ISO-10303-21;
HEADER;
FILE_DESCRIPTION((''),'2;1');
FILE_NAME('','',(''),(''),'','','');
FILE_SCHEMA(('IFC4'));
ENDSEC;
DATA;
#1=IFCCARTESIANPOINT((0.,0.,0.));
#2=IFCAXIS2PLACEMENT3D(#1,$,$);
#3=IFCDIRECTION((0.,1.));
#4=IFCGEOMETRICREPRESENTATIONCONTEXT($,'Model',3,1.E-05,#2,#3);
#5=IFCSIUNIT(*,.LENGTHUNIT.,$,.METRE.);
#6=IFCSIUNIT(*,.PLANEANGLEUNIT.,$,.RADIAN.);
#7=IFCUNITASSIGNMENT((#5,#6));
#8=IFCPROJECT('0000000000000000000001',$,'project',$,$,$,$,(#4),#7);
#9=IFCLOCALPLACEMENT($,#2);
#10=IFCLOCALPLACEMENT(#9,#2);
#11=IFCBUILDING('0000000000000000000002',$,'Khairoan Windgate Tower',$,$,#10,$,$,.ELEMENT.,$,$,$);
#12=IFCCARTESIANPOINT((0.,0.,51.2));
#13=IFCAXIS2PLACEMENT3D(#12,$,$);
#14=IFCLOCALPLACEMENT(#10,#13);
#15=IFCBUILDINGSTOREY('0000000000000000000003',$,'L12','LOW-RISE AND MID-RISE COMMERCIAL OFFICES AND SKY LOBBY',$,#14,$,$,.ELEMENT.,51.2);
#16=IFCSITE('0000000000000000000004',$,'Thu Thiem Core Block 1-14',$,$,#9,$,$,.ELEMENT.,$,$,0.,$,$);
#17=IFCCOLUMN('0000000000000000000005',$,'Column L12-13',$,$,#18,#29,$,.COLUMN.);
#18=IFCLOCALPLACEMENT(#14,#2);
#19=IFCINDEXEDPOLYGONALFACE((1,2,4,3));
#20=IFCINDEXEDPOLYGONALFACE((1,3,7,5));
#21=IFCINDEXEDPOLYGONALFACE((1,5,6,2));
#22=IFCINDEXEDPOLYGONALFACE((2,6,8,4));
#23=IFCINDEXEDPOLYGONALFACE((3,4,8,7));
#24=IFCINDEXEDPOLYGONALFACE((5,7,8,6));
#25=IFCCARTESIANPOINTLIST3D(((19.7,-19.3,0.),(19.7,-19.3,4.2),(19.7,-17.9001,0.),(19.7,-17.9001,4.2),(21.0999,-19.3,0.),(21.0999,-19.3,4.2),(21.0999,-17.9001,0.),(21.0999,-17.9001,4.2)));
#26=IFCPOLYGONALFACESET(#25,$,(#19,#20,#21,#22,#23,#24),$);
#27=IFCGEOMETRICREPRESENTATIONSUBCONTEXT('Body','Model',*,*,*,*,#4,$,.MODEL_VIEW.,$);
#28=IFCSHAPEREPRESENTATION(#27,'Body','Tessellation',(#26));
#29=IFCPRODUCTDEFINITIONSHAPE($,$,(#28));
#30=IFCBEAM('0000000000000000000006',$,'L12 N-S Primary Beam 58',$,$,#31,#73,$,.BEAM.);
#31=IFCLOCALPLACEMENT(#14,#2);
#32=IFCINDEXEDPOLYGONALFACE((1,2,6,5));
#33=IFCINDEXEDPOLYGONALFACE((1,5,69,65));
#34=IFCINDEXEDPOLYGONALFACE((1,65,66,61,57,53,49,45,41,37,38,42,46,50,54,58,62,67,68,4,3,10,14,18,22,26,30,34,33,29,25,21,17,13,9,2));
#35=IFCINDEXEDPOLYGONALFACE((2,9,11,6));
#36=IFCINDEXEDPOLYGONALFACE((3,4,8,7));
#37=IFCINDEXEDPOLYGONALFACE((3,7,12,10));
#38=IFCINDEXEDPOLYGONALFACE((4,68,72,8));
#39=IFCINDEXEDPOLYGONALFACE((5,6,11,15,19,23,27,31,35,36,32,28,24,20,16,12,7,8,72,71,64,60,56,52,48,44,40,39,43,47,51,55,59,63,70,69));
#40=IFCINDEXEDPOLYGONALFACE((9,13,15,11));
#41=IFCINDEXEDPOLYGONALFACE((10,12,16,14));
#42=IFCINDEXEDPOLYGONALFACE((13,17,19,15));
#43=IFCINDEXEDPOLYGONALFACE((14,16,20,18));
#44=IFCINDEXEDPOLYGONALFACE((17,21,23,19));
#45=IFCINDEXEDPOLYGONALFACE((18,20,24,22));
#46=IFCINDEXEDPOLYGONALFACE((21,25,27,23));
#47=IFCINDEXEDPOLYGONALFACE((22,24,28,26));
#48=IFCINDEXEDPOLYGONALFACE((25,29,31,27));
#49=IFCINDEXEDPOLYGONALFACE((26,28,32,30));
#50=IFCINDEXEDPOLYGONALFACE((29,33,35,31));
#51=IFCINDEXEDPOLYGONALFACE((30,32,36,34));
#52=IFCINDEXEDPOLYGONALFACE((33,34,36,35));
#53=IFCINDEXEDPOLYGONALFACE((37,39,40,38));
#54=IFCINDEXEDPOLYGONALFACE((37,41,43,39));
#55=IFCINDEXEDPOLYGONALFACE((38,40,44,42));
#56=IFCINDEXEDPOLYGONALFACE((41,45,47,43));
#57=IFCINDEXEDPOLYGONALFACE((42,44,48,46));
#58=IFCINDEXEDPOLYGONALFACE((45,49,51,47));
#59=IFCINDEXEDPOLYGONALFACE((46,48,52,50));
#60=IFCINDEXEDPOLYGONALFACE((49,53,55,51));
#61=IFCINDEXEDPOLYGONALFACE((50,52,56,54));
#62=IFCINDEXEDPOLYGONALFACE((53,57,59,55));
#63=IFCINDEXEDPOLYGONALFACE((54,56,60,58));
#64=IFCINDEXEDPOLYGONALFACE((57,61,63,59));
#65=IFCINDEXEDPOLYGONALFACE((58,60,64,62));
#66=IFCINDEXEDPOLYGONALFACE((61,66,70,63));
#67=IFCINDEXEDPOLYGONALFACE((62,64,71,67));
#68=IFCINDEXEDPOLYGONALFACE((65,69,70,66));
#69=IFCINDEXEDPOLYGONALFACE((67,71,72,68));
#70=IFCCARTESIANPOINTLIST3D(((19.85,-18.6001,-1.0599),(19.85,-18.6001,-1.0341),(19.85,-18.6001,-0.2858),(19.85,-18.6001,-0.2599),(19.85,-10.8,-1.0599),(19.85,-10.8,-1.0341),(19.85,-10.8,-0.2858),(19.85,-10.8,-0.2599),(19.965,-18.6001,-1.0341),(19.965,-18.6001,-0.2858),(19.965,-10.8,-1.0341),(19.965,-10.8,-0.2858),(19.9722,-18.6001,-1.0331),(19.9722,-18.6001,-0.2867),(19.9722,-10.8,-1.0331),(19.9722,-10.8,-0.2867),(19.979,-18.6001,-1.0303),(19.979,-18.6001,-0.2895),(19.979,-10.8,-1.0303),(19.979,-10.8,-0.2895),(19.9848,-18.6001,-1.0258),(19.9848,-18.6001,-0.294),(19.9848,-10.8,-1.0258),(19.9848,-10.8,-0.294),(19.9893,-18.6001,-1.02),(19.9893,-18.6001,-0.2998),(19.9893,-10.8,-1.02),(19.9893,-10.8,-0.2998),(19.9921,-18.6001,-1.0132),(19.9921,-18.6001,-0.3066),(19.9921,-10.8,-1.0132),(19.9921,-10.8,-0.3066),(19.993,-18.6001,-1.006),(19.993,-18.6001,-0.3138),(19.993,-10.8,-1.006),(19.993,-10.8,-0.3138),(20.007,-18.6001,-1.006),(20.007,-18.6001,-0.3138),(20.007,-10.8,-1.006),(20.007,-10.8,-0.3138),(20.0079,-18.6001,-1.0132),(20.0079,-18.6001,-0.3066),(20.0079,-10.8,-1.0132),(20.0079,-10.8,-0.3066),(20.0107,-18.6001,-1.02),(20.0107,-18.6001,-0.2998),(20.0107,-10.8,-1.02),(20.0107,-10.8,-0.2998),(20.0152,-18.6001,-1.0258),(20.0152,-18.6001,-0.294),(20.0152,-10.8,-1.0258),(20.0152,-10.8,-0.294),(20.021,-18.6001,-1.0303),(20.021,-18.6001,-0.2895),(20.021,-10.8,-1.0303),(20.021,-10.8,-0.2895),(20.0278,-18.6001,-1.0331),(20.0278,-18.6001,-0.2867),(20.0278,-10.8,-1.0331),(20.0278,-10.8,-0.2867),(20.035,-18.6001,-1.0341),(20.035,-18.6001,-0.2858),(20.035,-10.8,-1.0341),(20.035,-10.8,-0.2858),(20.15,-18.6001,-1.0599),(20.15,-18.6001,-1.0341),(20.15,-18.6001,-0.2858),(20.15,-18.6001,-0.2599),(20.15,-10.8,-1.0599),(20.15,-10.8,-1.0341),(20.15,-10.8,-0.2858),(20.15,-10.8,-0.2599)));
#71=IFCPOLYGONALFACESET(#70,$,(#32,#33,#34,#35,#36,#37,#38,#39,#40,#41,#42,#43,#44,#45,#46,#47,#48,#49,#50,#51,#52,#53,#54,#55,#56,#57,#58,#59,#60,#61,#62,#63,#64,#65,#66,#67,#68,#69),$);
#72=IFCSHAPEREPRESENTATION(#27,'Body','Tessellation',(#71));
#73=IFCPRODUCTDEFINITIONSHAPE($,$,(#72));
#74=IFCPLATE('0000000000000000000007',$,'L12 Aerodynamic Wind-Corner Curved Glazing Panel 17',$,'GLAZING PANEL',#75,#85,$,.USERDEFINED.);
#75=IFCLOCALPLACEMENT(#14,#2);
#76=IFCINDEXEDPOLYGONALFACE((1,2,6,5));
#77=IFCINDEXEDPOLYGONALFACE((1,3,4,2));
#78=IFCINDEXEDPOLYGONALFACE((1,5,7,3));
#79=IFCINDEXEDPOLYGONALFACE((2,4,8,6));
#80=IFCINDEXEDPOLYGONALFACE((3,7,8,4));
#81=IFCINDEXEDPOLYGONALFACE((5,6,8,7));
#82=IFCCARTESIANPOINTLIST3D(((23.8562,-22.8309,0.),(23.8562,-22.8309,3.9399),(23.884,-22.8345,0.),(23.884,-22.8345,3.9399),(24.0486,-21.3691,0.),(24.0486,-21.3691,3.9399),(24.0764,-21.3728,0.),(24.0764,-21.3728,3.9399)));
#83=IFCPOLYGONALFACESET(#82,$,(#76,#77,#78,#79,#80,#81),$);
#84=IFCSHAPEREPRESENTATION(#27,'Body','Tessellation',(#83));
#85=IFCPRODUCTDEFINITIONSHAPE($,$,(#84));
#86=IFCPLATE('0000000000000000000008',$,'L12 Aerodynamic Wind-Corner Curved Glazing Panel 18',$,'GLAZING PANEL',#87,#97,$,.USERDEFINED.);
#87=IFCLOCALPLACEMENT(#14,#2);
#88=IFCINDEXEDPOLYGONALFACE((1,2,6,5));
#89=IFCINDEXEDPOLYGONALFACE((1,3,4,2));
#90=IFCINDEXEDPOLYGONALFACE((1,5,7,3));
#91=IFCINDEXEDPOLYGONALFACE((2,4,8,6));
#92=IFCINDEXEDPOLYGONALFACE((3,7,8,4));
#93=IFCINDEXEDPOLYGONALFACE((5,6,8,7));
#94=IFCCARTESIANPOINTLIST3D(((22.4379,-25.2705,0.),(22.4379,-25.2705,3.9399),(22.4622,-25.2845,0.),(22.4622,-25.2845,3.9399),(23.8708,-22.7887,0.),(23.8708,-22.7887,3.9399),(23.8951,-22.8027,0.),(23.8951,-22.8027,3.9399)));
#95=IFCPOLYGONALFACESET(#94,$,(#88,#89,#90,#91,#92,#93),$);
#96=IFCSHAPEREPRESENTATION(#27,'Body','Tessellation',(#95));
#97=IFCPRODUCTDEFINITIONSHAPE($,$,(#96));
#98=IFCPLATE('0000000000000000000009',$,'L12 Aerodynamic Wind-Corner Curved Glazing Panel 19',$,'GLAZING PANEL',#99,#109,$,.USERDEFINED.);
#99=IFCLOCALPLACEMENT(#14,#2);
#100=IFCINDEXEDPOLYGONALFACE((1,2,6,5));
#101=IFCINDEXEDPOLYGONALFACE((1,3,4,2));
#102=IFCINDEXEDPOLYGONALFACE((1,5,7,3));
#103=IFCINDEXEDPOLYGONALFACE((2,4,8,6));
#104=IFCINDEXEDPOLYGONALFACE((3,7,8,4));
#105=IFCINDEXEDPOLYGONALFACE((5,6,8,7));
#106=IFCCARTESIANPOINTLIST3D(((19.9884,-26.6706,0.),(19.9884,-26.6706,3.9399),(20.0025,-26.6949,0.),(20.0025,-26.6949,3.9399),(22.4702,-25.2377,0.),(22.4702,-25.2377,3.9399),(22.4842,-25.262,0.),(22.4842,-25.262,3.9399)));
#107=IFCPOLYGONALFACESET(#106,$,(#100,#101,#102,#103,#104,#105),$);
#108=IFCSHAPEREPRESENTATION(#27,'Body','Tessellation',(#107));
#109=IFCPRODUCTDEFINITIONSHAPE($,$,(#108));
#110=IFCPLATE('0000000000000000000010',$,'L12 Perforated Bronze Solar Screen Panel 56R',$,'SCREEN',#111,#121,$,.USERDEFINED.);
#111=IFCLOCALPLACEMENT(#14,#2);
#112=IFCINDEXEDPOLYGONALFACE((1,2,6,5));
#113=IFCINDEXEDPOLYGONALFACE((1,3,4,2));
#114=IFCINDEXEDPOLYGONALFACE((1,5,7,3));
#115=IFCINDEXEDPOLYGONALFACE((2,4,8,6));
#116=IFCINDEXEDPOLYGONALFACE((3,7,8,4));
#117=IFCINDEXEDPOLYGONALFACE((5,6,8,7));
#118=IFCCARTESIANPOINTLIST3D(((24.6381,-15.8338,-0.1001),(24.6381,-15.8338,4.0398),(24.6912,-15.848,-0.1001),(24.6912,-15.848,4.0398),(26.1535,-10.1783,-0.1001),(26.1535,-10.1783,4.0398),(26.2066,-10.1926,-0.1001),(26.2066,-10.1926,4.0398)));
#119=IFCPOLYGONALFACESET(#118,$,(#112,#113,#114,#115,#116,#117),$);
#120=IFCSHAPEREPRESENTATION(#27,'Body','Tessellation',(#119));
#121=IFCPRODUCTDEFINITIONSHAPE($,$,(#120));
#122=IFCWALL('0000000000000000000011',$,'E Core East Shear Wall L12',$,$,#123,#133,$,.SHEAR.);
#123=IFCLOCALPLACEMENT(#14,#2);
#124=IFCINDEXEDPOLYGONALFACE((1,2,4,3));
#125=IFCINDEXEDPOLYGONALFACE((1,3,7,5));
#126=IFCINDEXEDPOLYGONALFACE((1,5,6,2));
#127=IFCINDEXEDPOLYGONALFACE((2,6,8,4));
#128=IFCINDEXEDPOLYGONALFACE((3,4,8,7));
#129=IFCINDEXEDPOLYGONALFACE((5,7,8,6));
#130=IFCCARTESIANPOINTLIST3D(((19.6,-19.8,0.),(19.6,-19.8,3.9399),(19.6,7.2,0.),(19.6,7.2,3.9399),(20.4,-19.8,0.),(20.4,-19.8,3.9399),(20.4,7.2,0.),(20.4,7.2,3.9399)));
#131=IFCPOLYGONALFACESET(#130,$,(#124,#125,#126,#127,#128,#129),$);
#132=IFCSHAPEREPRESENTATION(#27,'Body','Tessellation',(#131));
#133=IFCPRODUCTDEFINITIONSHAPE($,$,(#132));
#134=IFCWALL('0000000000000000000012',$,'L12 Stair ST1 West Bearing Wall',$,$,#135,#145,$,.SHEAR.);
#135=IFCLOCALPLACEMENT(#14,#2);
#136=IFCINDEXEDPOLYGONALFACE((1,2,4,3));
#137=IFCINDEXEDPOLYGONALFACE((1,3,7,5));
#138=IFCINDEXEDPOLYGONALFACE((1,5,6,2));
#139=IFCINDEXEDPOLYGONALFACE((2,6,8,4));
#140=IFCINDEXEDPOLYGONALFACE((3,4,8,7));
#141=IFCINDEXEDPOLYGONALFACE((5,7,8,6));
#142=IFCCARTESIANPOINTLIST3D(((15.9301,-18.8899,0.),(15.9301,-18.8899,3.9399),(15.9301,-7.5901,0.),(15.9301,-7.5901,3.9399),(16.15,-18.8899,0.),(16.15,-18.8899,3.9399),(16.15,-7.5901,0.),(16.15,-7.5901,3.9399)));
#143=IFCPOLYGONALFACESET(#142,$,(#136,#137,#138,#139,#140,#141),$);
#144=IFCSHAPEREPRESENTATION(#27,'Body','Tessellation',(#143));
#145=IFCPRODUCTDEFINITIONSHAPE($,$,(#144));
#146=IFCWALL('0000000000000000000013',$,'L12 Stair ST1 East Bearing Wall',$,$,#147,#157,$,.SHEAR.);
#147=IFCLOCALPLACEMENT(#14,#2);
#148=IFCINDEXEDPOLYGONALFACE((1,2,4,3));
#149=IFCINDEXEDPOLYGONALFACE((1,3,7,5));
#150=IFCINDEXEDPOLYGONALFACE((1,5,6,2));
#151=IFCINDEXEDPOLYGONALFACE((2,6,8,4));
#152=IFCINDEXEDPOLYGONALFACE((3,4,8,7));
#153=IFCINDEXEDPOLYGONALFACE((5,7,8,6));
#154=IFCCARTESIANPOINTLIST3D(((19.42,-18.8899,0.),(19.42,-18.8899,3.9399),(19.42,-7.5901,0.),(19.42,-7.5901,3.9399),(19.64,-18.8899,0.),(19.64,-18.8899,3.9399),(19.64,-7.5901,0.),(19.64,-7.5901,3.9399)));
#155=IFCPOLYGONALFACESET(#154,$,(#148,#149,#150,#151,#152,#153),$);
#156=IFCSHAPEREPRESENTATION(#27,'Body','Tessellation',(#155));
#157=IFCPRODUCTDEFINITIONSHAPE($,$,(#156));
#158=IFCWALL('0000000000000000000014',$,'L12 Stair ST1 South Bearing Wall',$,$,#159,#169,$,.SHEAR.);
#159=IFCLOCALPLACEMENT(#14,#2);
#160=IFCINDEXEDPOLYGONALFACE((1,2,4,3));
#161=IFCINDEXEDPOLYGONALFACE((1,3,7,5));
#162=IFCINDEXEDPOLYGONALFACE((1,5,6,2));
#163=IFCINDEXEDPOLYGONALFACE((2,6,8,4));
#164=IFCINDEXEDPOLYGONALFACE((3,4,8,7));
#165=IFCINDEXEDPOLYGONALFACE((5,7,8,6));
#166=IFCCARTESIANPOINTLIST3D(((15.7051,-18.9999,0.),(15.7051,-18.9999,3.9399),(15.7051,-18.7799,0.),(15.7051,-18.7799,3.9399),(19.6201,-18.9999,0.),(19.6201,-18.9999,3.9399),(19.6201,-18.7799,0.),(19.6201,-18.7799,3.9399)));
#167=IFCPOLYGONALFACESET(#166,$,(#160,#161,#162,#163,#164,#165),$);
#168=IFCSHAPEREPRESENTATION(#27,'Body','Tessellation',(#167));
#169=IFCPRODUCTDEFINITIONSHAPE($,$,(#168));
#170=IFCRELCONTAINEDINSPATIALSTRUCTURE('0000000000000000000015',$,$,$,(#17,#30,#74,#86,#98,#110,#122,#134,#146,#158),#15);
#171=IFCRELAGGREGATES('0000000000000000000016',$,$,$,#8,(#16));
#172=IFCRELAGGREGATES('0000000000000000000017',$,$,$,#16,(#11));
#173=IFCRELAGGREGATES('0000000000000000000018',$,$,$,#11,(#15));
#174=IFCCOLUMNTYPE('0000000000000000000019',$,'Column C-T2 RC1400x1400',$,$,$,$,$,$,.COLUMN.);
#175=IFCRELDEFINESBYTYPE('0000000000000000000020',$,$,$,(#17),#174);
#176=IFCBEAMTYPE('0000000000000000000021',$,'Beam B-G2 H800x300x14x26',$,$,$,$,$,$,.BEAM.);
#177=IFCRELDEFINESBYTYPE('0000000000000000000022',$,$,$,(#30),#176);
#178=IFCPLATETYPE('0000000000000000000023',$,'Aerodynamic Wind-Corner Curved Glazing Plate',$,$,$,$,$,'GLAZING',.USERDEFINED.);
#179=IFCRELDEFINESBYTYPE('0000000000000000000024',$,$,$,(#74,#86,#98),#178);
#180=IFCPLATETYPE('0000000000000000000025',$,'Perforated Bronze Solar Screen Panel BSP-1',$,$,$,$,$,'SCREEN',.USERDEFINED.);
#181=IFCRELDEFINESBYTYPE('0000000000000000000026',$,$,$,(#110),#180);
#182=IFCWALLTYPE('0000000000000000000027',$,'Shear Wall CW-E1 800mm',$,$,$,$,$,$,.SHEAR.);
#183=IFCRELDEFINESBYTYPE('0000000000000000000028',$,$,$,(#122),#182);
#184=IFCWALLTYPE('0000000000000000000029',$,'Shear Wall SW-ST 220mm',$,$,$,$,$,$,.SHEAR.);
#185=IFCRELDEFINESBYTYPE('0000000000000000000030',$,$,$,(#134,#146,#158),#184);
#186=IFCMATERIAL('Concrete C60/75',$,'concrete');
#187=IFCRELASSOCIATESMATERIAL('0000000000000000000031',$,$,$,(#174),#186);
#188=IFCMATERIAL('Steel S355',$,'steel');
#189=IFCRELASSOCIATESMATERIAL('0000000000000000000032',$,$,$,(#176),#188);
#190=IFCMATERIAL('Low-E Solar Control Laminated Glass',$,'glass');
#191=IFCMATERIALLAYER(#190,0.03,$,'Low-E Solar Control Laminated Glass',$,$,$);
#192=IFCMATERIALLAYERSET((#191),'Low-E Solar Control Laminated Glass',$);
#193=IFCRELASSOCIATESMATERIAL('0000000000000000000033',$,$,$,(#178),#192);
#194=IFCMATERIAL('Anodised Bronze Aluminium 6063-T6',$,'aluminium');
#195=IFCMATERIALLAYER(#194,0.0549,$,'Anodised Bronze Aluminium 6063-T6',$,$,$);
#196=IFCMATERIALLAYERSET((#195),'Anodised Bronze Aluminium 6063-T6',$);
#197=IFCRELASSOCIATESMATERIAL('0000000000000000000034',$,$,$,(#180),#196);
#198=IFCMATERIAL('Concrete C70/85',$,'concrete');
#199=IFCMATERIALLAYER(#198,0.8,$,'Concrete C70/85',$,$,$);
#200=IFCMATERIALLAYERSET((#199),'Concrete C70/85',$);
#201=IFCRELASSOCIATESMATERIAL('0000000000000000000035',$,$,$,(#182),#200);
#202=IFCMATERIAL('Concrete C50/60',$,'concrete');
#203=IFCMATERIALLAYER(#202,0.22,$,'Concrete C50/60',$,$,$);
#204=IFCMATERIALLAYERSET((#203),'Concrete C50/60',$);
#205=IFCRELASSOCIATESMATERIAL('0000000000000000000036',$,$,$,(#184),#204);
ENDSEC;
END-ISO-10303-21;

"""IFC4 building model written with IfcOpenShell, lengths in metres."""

from ifc_helpers import new_model, si_unit, direction, frame, frame_2d, origin, origin_2d, place, context, subcontext, project, spatial, rectangle, i_section, extrude, material, layer, layer_set, material_profile, profile_set, type_object, element, save


model = new_model("IFC4")

# Units and contexts
model_context = context("Model", 3, precision=1e-05, world=origin(), true_north=direction((0.0, 1.0)))
body_context = subcontext(model_context, "Body", "Model", "MODEL_VIEW")
ifc_project = project(units=[si_unit("LENGTHUNIT", "METRE"), si_unit("PLANEANGLEUNIT", "RADIAN")], contexts=[model_context])

# Site, building, storey
site_placement = place(None, origin())
site = spatial("IfcSite", under=ifc_project, at=site_placement, Name="Thu Thiem Core Block 1-14", CompositionType="ELEMENT", RefElevation=0.0)
building_placement = place(site_placement, origin())
building = spatial("IfcBuilding", under=site, at=building_placement, Name="Khairoan Windgate Tower", CompositionType="ELEMENT")
storey_placement = place(building_placement, frame((0.0, 0.0, 51.2)))
storey = spatial("IfcBuildingStorey", under=building, at=storey_placement, Name="L12", Description="LOW-RISE AND MID-RISE COMMERCIAL OFFICES AND SKY LOBBY", CompositionType="ELEMENT", Elevation=51.2)

# Column
ifc_material_1 = material(Name="Concrete C60/75", Category="concrete")
ifc_material_profile_1 = material_profile(ifc_material_1, rectangle(XDim=1.3999, YDim=1.3999, at=origin_2d()))
ifc_profile_set_1 = profile_set([ifc_material_profile_1], Name="Concrete C60/75")
column_type = type_object("IfcColumnType", Name="Column C-T2 RC1400x1400", PredefinedType="COLUMN", material=ifc_profile_set_1)
column_placement = place(storey_placement, frame((20.3999, -18.6001, 0.0), z_axis=(0.0, 0.0, 1.0), x_axis=(1.0, 0.0, 0.0)))
element("IfcColumn", 1, at=column_placement, inside=storey, type_object=column_type, Name="Column L12-13", PredefinedType="COLUMN", context=body_context, shape_type="SweptSolid", body=[
    extrude(rectangle(XDim=1.3999, YDim=1.3999, at=origin_2d()), origin(), (0.0, 0.0, 1.0), 4.2),
])

# Beam
ifc_material_2 = material(Name="Steel S355", Category="steel")
ifc_material_profile_2 = material_profile(ifc_material_2, i_section(OverallWidth=0.3, OverallDepth=0.8, WebThickness=0.0139, FlangeThickness=0.0259, FilletRadius=0.0281, at=origin_2d()))
ifc_profile_set_2 = profile_set([ifc_material_profile_2], Name="Steel S355")
beam_type = type_object("IfcBeamType", Name="Beam B-G2 H800x300x14x26", PredefinedType="BEAM", material=ifc_profile_set_2)
beam_placement = place(storey_placement, frame((20.0, -18.6001, -0.6599), z_axis=(0.0, 1.0, 0.0), x_axis=(-1.0, 0.0, 0.0)))
element("IfcBeam", 2, at=beam_placement, inside=storey, type_object=beam_type, Name="L12 N-S Primary Beam 58", PredefinedType="BEAM", context=body_context, shape_type="SweptSolid", body=[
    extrude(i_section(OverallWidth=0.3, OverallDepth=0.8, WebThickness=0.0139, FlangeThickness=0.0259, FilletRadius=0.0281, at=origin_2d()), origin(), (0.0, 0.0, 1.0), 7.8),
])

# Plates
ifc_material_3 = material(Name="Low-E Solar Control Laminated Glass", Category="glass")
ifc_layer_1 = layer(ifc_material_3, 0.03, Name="Low-E Solar Control Laminated Glass")
ifc_layer_set_1 = layer_set([ifc_layer_1], Name="Low-E Solar Control Laminated Glass")
plate_type_1 = type_object("IfcPlateType", Name="Aerodynamic Wind-Corner Curved Glazing Plate", ElementType="GLAZING", PredefinedType="USERDEFINED", material=ifc_layer_set_1)
plate_1_placement = place(storey_placement, frame((23.9663, -22.1018, 0.0), z_axis=(0.0, 0.0, 1.0), x_axis=(-0.130526, -0.991445, 0.0)))
element("IfcPlate", 3, at=plate_1_placement, inside=storey, type_object=plate_type_1, Name="L12 Aerodynamic Wind-Corner Curved Glazing Panel 17", ObjectType="GLAZING PANEL", PredefinedType="USERDEFINED", context=body_context, shape_type="SweptSolid", body=[
    extrude(rectangle(XDim=1.4744, YDim=0.0281, at=origin_2d()), origin(), (0.0, 0.0, 1.0), 3.9399),
])
for number, where, z_axis, x_axis, name in (
    (4, (23.1665, -24.0366, 0.0), (0.0, 0.0, 1.0), (-0.5, -0.866025, 0.0), "L12 Aerodynamic Wind-Corner Curved Glazing Panel 18"),
    (5, (21.2363, -25.9663, 0.0), (0.0, 0.0, 1.0), (-0.866025, -0.5, 0.0), "L12 Aerodynamic Wind-Corner Curved Glazing Panel 19"),
):
    element("IfcPlate", number, at=place(storey_placement, frame(where, z_axis=z_axis, x_axis=x_axis)), inside=storey, type_object=plate_type_1, Name=name, ObjectType="GLAZING PANEL", PredefinedType="USERDEFINED", context=body_context, shape_type="SweptSolid", body=[
        extrude(rectangle(XDim=2.8657, YDim=0.0281, at=origin_2d()), origin(), (0.0, 0.0, 1.0), 3.9399),
    ])

# Plate
ifc_material_4 = material(Name="Anodised Bronze Aluminium 6063-T6", Category="aluminium")
ifc_layer_2 = layer(ifc_material_4, 0.0549, Name="Anodised Bronze Aluminium 6063-T6")
ifc_layer_set_2 = layer_set([ifc_layer_2], Name="Anodised Bronze Aluminium 6063-T6")
plate_type_2 = type_object("IfcPlateType", Name="Perforated Bronze Solar Screen Panel BSP-1", ElementType="SCREEN", PredefinedType="USERDEFINED", material=ifc_layer_set_2)
plate_2_placement = place(storey_placement, frame((25.4224, -13.0132, -0.1001), z_axis=(0.0, 0.0, 1.0), x_axis=(-0.258819, -0.965926, 0.0)))
element("IfcPlate", 6, at=plate_2_placement, inside=storey, type_object=plate_type_2, Name="L12 Perforated Bronze Solar Screen Panel 56R", ObjectType="SCREEN", PredefinedType="USERDEFINED", context=body_context, shape_type="SweptSolid", body=[
    extrude(rectangle(XDim=5.855, YDim=0.0549, at=origin_2d()), origin(), (0.0, 0.0, 1.0), 4.1399),
])

# Walls
ifc_material_5 = material(Name="Concrete C70/85", Category="concrete")
ifc_layer_3 = layer(ifc_material_5, 0.8, Name="Concrete C70/85")
ifc_layer_set_3 = layer_set([ifc_layer_3], Name="Concrete C70/85")
wall_type_1 = type_object("IfcWallType", Name="Shear Wall CW-E1 800mm", PredefinedType="SHEAR", material=ifc_layer_set_3)
wall_1_placement = place(storey_placement, frame((20.0, -19.8, 0.0), z_axis=(0.0, 0.0, 1.0), x_axis=(0.0, 1.0, 0.0)))
element("IfcWall", 7, at=wall_1_placement, inside=storey, type_object=wall_type_1, Name="E Core East Shear Wall L12", PredefinedType="SHEAR", context=body_context, shape_type="SweptSolid", body=[
    extrude(rectangle(XDim=27.0, YDim=0.8, at=frame_2d((13.5, 0.0))), origin(), (0.0, 0.0, 1.0), 3.9399),
])
ifc_material_6 = material(Name="Concrete C50/60", Category="concrete")
ifc_layer_4 = layer(ifc_material_6, 0.22, Name="Concrete C50/60")
ifc_layer_set_4 = layer_set([ifc_layer_4], Name="Concrete C50/60")
wall_type_2 = type_object("IfcWallType", Name="Shear Wall SW-ST 220mm", PredefinedType="SHEAR", material=ifc_layer_set_4)
for number, where, z_axis, x_axis, name in (
    (8, (16.04, -18.8899, 0.0), (0.0, 0.0, 1.0), (0.0, 1.0, 0.0), "L12 Stair ST1 West Bearing Wall"),
    (9, (19.53, -18.8899, 0.0), (0.0, 0.0, 1.0), (0.0, 1.0, 0.0), "L12 Stair ST1 East Bearing Wall"),
):
    element("IfcWall", number, at=place(storey_placement, frame(where, z_axis=z_axis, x_axis=x_axis)), inside=storey, type_object=wall_type_2, Name=name, PredefinedType="SHEAR", context=body_context, shape_type="SweptSolid", body=[
        extrude(rectangle(XDim=11.2998, YDim=0.22, at=frame_2d((5.6499, 0.0))), origin(), (0.0, 0.0, 1.0), 3.9399),
    ])
wall_2_placement = place(storey_placement, frame((15.7051, -18.8899, 0.0), z_axis=(0.0, 0.0, 1.0), x_axis=(1.0, 0.0, 0.0)))
element("IfcWall", 10, at=wall_2_placement, inside=storey, type_object=wall_type_2, Name="L12 Stair ST1 South Bearing Wall", PredefinedType="SHEAR", context=body_context, shape_type="SweptSolid", body=[
    extrude(rectangle(XDim=3.915, YDim=0.22, at=frame_2d((1.9575, 0.0))), origin(), (0.0, 0.0, 1.0), 3.9399),
])

save(model, "model.ifc")
